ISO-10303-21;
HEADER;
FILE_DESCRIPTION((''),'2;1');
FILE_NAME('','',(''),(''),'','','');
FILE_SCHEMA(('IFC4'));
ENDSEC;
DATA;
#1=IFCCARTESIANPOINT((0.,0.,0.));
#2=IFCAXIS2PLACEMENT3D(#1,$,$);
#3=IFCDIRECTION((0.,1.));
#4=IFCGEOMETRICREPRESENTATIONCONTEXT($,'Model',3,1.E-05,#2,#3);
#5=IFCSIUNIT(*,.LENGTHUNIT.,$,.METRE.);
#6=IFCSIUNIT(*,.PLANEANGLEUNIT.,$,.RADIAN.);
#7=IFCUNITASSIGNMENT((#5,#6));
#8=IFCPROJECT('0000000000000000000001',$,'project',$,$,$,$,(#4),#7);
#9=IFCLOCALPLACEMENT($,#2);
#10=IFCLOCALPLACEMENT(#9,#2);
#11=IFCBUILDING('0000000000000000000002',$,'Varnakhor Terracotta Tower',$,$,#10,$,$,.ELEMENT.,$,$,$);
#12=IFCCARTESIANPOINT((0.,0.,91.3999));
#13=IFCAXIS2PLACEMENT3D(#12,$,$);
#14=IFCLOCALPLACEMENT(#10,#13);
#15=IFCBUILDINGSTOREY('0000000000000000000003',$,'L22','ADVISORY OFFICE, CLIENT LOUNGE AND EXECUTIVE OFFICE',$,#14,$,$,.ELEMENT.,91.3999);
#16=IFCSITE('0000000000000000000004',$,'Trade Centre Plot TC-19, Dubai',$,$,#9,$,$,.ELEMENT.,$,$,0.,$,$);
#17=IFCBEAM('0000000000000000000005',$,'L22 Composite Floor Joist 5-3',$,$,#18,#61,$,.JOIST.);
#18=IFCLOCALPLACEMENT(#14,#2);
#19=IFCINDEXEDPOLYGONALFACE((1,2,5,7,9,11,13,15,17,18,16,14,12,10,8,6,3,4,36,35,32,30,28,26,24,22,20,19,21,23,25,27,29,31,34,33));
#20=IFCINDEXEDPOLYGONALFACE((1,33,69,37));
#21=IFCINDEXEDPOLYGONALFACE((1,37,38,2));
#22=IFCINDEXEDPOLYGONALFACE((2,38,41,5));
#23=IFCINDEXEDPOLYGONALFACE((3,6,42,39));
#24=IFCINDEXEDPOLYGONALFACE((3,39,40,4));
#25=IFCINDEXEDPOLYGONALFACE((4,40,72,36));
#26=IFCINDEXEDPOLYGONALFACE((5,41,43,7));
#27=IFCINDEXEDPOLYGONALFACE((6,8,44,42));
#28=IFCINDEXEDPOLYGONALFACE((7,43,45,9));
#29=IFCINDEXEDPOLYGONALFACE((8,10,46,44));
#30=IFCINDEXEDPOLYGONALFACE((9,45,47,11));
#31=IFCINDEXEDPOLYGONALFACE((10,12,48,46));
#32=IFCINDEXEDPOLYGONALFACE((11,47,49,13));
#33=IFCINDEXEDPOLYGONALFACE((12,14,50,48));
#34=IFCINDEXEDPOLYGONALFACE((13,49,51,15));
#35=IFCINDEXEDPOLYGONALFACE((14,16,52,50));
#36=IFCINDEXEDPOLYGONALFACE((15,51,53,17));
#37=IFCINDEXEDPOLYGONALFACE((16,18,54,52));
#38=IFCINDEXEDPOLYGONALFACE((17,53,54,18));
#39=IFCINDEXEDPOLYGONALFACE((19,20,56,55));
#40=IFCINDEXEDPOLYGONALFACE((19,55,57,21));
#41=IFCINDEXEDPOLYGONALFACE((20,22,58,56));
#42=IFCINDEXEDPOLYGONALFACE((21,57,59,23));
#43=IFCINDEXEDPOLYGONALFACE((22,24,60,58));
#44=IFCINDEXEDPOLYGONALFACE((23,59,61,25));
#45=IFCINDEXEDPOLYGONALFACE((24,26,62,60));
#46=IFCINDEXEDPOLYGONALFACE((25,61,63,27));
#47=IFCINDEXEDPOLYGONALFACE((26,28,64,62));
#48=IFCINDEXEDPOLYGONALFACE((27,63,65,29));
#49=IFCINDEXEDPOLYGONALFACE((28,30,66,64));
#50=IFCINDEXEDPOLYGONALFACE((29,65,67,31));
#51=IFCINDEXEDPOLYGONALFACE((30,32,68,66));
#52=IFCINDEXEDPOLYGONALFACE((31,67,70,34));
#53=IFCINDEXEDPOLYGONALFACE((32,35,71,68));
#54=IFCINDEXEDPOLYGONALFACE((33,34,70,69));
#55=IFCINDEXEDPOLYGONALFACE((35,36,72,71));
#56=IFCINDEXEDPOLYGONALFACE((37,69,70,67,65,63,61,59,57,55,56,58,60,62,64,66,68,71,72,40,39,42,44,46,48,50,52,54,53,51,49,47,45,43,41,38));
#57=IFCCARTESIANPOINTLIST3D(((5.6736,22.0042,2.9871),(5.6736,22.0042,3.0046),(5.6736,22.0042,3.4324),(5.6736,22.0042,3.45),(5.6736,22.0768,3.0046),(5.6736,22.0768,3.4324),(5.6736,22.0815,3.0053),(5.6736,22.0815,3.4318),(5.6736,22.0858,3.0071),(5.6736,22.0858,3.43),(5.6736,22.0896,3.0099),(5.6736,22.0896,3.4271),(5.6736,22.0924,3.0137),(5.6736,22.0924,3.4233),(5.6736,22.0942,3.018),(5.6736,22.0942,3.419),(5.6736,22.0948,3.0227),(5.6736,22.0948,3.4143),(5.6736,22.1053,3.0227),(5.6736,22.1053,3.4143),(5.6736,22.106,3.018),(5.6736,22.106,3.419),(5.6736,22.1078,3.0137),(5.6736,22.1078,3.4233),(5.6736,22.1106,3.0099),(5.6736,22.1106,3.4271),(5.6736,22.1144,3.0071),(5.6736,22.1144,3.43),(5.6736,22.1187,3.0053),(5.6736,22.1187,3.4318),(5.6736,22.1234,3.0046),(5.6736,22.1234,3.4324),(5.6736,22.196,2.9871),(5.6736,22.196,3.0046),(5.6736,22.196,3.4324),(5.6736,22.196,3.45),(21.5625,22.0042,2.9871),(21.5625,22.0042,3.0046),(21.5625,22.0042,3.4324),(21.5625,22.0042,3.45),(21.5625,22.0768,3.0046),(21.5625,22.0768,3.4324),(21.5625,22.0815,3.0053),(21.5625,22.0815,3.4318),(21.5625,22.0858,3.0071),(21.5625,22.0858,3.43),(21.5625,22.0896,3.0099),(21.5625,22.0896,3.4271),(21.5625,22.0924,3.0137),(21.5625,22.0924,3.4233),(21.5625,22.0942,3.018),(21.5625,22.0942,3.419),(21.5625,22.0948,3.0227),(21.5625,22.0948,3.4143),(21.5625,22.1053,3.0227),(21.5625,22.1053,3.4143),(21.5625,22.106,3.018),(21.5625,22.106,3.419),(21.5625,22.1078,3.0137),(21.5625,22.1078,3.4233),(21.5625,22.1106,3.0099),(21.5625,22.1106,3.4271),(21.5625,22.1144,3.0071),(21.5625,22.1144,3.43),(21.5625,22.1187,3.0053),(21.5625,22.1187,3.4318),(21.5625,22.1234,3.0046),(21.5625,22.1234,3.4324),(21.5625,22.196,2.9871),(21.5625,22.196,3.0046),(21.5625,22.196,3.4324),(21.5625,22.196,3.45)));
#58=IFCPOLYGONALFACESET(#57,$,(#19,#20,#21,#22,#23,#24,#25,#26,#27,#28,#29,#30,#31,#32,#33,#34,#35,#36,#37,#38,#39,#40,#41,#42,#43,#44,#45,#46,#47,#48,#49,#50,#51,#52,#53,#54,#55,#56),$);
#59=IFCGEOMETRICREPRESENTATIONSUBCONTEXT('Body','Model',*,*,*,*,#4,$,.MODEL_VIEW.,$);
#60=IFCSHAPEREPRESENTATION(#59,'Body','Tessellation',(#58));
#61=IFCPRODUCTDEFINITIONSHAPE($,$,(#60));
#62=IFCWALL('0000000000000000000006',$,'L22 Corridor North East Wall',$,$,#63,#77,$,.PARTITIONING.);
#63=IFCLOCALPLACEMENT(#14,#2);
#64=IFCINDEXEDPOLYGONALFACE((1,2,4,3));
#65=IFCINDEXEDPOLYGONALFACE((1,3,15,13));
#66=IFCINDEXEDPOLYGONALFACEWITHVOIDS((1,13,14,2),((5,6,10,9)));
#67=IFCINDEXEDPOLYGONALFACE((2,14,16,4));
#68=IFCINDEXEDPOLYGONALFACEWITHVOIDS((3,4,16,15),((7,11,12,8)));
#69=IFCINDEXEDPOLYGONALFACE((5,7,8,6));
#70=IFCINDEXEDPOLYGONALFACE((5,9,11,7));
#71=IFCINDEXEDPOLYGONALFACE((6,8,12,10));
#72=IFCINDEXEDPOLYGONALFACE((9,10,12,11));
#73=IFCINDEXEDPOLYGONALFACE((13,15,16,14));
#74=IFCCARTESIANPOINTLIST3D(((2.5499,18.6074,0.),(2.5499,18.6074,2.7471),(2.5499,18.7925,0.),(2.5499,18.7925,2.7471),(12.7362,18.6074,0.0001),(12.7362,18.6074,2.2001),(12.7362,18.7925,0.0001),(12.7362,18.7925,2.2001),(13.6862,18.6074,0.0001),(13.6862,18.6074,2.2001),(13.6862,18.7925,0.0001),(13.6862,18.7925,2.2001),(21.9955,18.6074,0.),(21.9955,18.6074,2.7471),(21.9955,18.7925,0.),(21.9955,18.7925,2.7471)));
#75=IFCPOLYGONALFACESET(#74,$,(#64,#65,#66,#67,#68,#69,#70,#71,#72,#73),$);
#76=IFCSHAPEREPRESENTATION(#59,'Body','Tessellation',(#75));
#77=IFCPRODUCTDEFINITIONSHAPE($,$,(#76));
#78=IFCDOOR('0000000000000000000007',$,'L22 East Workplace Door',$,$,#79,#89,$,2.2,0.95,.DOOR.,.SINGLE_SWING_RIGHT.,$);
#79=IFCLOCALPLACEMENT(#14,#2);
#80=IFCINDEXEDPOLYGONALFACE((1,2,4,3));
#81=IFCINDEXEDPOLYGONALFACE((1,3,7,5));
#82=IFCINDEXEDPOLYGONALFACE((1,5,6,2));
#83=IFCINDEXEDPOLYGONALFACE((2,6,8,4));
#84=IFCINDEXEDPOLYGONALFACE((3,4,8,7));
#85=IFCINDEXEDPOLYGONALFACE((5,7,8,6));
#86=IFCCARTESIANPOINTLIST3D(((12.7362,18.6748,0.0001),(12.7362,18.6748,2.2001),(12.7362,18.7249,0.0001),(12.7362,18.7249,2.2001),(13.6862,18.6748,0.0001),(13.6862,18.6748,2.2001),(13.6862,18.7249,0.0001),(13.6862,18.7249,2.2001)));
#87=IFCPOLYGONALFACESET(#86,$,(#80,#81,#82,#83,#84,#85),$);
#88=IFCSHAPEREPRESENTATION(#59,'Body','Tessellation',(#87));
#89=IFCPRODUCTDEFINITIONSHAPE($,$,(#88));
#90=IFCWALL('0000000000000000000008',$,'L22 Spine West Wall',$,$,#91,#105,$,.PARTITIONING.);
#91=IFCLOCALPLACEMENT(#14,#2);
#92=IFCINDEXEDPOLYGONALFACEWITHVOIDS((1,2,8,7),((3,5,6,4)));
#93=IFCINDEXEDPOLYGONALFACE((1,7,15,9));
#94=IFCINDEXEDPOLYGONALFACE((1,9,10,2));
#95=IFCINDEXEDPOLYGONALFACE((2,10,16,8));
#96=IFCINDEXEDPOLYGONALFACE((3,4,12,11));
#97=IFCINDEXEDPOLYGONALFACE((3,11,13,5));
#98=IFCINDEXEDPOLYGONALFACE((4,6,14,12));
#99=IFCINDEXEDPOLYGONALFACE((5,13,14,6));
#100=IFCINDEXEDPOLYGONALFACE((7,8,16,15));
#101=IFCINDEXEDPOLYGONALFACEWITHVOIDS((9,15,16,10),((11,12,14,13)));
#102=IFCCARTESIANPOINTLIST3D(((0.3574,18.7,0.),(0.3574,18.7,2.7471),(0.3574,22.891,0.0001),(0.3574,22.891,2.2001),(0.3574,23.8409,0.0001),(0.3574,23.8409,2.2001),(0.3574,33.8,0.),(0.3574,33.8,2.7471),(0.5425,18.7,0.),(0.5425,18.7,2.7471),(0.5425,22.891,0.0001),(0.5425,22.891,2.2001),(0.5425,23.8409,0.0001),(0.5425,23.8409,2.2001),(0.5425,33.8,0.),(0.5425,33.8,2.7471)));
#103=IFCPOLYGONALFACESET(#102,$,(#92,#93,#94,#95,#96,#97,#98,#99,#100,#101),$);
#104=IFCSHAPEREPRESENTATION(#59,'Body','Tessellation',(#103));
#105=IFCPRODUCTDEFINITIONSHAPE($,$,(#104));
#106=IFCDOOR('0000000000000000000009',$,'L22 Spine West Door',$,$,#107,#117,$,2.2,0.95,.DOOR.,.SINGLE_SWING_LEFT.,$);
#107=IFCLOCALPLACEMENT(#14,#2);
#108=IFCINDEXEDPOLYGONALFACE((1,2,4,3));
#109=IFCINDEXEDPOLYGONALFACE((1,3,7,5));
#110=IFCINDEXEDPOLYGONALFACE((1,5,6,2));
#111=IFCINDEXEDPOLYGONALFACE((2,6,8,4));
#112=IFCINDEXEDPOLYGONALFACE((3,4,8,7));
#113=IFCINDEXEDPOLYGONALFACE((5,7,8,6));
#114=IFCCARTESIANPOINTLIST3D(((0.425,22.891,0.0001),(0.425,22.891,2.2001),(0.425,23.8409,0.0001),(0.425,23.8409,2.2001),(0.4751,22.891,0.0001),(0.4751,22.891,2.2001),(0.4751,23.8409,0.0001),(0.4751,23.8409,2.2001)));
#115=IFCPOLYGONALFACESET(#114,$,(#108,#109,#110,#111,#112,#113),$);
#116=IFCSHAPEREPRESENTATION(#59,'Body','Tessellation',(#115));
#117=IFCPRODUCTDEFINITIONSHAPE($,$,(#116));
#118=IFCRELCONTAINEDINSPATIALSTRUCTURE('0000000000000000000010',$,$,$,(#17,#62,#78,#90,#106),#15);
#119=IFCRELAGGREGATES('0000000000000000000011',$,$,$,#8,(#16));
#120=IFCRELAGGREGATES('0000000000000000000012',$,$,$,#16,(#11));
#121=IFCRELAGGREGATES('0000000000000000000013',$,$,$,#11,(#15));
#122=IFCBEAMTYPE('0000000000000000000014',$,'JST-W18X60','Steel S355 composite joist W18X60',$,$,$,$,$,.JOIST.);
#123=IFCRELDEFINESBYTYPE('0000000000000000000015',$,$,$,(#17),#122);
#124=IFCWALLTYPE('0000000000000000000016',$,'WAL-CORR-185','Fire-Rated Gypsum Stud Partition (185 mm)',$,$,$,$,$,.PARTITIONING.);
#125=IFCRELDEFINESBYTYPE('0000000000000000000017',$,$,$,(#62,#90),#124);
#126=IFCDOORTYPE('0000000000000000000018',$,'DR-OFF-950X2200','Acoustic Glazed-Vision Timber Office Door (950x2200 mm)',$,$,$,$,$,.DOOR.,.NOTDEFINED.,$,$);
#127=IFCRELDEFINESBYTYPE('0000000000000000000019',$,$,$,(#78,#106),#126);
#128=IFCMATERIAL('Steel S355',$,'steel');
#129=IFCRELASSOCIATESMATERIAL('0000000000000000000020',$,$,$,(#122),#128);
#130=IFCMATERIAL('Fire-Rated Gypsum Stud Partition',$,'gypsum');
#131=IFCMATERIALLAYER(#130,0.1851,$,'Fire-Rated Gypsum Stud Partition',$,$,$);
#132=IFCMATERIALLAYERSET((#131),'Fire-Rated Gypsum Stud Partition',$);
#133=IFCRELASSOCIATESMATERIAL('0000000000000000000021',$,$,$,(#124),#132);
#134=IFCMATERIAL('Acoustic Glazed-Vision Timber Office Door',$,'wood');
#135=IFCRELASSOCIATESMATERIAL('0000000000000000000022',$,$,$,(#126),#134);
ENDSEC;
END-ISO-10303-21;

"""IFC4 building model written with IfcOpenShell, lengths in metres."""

from ifc_helpers import new_model, si_unit, direction, frame, frame_2d, origin, origin_2d, place, context, subcontext, project, spatial, rectangle, i_section, extrude, source, transform, mapped, material, layer, layer_set, material_profile, profile_set, type_object, type_shapes, element, fill, save


model = new_model("IFC4")

# Units and contexts
model_context = context("Model", 3, precision=1e-05, world=origin(), true_north=direction((0.0, 1.0)))
body_context = subcontext(model_context, "Body", "Model", "MODEL_VIEW")
ifc_project = project(units=[si_unit("LENGTHUNIT", "METRE"), si_unit("PLANEANGLEUNIT", "RADIAN")], contexts=[model_context])

# Site, building, storey
site_placement = place(None, origin())
site = spatial("IfcSite", under=ifc_project, at=site_placement, Name="Trade Centre Plot TC-19, Dubai", CompositionType="ELEMENT", RefElevation=0.0)
building_placement = place(site_placement, origin())
building = spatial("IfcBuilding", under=site, at=building_placement, Name="Varnakhor Terracotta Tower", CompositionType="ELEMENT")
storey_placement = place(building_placement, frame((0.0, 0.0, 91.3999)))
storey = spatial("IfcBuildingStorey", under=building, at=storey_placement, Name="L22", Description="ADVISORY OFFICE, CLIENT LOUNGE AND EXECUTIVE OFFICE", CompositionType="ELEMENT", Elevation=91.3999)

# Beam
ifc_material_1 = material(Name="Steel S355", Category="steel")
ifc_material_profile_1 = material_profile(ifc_material_1, i_section(OverallWidth=0.1919, OverallDepth=0.4629, WebThickness=0.0105, FlangeThickness=0.0176, FilletRadius=0.0181, at=origin_2d()), Name="W18X60")
ifc_profile_set_1 = profile_set([ifc_material_profile_1], Name="Steel S355")
beam_type_1 = type_object("IfcBeamType", Name="JST-W18X60", Description="Steel S355 composite joist W18X60", PredefinedType="JOIST", material=ifc_profile_set_1)
shared_shape_1 = source(origin(), body_context, "Body", "SweptSolid", [
    extrude(i_section(OverallWidth=0.1919, OverallDepth=0.4629, WebThickness=0.0105, FlangeThickness=0.0176, FilletRadius=0.0181, at=origin_2d()), origin(), (0.0, 0.0, 1.0), 15.8889),
])
beam_1_placement = place(storey_placement, frame((5.6736, 22.1001, 3.2185), z_axis=(1.0, 0.0, 0.0), x_axis=(0.0, 1.0, 0.0)))
element("IfcBeam", 1, at=beam_1_placement, inside=storey, type_object=beam_type_1, Name="L22 Composite Floor Joist 5-3", PredefinedType="JOIST", context=body_context, shape_type="MappedRepresentation", body=[
    mapped(shared_shape_1, transform((0.0, 0.0, 0.0), scale=1.0)),
])

# Walls, openings, doors
ifc_material_2 = material(Name="Fire-Rated Gypsum Stud Partition", Category="gypsum")
ifc_layer_1 = layer(ifc_material_2, 0.1851, Name="Fire-Rated Gypsum Stud Partition")
ifc_layer_set_1 = layer_set([ifc_layer_1], Name="Fire-Rated Gypsum Stud Partition")
wall_type_1 = type_object("IfcWallType", Name="WAL-CORR-185", Description="Fire-Rated Gypsum Stud Partition (185 mm)", PredefinedType="PARTITIONING", material=ifc_layer_set_1)
wall_1_placement = place(storey_placement, frame((2.55, 18.7, 0.0), z_axis=(0.0, 0.0, 1.0), x_axis=(1.0, 0.0, 0.0)))
wall_1 = element("IfcWall", 2, at=wall_1_placement, inside=storey, type_object=wall_type_1, Name="L22 Corridor North East Wall", PredefinedType="PARTITIONING", context=body_context, shape_type="SweptSolid", body=[
    extrude(rectangle(XDim=19.4456, YDim=0.1851, at=frame_2d((9.7227, 0.0))), origin(), (0.0, 0.0, 1.0), 2.7471),
])
opening_1_placement = place(wall_1_placement, frame((10.186, 0.0, 0.0)))
opening_1 = element("IfcOpeningElement", 3, at=opening_1_placement, cuts=wall_1, PredefinedType="OPENING", context=body_context, shape_type="SweptSolid", body=[
    extrude(rectangle(XDim=0.95, YDim=2.2, at=frame_2d((0.4751, 1.1001))), frame((0.0, 0.1025, 0.0), z_axis=(0.0, -1.0, 0.0), x_axis=(1.0, 0.0, 0.0)), (0.0, 0.0, 1.0), 0.2051),
])
ifc_material_3 = material(Name="Acoustic Glazed-Vision Timber Office Door", Category="wood")
door_type_1 = type_object("IfcDoorType", Name="DR-OFF-950X2200", Description="Acoustic Glazed-Vision Timber Office Door (950x2200 mm)", OperationType="NOTDEFINED", PredefinedType="DOOR", material=ifc_material_3)
shared_shape_2 = source(origin(), body_context, "Body", "SweptSolid", [
    extrude(rectangle(XDim=0.95, YDim=2.2, at=frame_2d((0.4751, 1.1001))), frame((0.0, 0.0249, 0.0), z_axis=(0.0, -1.0, 0.0), x_axis=(1.0, 0.0, 0.0)), (0.0, 0.0, 1.0), 0.05),
])
type_shapes(door_type_1, [shared_shape_2])
door_1_placement = place(opening_1_placement, origin())
door_1 = element("IfcDoor", 4, at=door_1_placement, inside=storey, type_object=door_type_1, Name="L22 East Workplace Door", OperationType="SINGLE_SWING_RIGHT", OverallHeight=2.2, OverallWidth=0.95, PredefinedType="DOOR", context=body_context, shape_type="MappedRepresentation", body=[
    mapped(shared_shape_2, transform((0.0, 0.0, 0.0), scale=1.0)),
])
fill(opening_1, door_1)
wall_2_placement = place(storey_placement, frame((0.45, 18.7, 0.0), z_axis=(0.0, 0.0, 1.0), x_axis=(0.0, 1.0, 0.0)))
wall_2 = element("IfcWall", 5, at=wall_2_placement, inside=storey, type_object=wall_type_1, Name="L22 Spine West Wall", PredefinedType="PARTITIONING", context=body_context, shape_type="SweptSolid", body=[
    extrude(rectangle(XDim=15.1001, YDim=0.1851, at=frame_2d((7.55, 0.0))), origin(), (0.0, 0.0, 1.0), 2.7471),
])
opening_2_placement = place(wall_2_placement, frame((4.1909, 0.0, 0.0)))
opening_2 = element("IfcOpeningElement", 6, at=opening_2_placement, cuts=wall_2, PredefinedType="OPENING", context=body_context, shape_type="SweptSolid", body=[
    extrude(rectangle(XDim=0.95, YDim=2.2, at=frame_2d((0.4751, 1.1001))), frame((0.0, 0.1025, 0.0), z_axis=(0.0, -1.0, 0.0), x_axis=(1.0, 0.0, 0.0)), (0.0, 0.0, 1.0), 0.2051),
])
door_2_placement = place(opening_2_placement, origin())
door_2 = element("IfcDoor", 7, at=door_2_placement, inside=storey, type_object=door_type_1, Name="L22 Spine West Door", OperationType="SINGLE_SWING_LEFT", OverallHeight=2.2, OverallWidth=0.95, PredefinedType="DOOR", context=body_context, shape_type="MappedRepresentation", body=[
    mapped(shared_shape_2, transform((0.0, 0.0, 0.0), scale=1.0)),
])
fill(opening_2, door_2)

save(model, "model.ifc")
